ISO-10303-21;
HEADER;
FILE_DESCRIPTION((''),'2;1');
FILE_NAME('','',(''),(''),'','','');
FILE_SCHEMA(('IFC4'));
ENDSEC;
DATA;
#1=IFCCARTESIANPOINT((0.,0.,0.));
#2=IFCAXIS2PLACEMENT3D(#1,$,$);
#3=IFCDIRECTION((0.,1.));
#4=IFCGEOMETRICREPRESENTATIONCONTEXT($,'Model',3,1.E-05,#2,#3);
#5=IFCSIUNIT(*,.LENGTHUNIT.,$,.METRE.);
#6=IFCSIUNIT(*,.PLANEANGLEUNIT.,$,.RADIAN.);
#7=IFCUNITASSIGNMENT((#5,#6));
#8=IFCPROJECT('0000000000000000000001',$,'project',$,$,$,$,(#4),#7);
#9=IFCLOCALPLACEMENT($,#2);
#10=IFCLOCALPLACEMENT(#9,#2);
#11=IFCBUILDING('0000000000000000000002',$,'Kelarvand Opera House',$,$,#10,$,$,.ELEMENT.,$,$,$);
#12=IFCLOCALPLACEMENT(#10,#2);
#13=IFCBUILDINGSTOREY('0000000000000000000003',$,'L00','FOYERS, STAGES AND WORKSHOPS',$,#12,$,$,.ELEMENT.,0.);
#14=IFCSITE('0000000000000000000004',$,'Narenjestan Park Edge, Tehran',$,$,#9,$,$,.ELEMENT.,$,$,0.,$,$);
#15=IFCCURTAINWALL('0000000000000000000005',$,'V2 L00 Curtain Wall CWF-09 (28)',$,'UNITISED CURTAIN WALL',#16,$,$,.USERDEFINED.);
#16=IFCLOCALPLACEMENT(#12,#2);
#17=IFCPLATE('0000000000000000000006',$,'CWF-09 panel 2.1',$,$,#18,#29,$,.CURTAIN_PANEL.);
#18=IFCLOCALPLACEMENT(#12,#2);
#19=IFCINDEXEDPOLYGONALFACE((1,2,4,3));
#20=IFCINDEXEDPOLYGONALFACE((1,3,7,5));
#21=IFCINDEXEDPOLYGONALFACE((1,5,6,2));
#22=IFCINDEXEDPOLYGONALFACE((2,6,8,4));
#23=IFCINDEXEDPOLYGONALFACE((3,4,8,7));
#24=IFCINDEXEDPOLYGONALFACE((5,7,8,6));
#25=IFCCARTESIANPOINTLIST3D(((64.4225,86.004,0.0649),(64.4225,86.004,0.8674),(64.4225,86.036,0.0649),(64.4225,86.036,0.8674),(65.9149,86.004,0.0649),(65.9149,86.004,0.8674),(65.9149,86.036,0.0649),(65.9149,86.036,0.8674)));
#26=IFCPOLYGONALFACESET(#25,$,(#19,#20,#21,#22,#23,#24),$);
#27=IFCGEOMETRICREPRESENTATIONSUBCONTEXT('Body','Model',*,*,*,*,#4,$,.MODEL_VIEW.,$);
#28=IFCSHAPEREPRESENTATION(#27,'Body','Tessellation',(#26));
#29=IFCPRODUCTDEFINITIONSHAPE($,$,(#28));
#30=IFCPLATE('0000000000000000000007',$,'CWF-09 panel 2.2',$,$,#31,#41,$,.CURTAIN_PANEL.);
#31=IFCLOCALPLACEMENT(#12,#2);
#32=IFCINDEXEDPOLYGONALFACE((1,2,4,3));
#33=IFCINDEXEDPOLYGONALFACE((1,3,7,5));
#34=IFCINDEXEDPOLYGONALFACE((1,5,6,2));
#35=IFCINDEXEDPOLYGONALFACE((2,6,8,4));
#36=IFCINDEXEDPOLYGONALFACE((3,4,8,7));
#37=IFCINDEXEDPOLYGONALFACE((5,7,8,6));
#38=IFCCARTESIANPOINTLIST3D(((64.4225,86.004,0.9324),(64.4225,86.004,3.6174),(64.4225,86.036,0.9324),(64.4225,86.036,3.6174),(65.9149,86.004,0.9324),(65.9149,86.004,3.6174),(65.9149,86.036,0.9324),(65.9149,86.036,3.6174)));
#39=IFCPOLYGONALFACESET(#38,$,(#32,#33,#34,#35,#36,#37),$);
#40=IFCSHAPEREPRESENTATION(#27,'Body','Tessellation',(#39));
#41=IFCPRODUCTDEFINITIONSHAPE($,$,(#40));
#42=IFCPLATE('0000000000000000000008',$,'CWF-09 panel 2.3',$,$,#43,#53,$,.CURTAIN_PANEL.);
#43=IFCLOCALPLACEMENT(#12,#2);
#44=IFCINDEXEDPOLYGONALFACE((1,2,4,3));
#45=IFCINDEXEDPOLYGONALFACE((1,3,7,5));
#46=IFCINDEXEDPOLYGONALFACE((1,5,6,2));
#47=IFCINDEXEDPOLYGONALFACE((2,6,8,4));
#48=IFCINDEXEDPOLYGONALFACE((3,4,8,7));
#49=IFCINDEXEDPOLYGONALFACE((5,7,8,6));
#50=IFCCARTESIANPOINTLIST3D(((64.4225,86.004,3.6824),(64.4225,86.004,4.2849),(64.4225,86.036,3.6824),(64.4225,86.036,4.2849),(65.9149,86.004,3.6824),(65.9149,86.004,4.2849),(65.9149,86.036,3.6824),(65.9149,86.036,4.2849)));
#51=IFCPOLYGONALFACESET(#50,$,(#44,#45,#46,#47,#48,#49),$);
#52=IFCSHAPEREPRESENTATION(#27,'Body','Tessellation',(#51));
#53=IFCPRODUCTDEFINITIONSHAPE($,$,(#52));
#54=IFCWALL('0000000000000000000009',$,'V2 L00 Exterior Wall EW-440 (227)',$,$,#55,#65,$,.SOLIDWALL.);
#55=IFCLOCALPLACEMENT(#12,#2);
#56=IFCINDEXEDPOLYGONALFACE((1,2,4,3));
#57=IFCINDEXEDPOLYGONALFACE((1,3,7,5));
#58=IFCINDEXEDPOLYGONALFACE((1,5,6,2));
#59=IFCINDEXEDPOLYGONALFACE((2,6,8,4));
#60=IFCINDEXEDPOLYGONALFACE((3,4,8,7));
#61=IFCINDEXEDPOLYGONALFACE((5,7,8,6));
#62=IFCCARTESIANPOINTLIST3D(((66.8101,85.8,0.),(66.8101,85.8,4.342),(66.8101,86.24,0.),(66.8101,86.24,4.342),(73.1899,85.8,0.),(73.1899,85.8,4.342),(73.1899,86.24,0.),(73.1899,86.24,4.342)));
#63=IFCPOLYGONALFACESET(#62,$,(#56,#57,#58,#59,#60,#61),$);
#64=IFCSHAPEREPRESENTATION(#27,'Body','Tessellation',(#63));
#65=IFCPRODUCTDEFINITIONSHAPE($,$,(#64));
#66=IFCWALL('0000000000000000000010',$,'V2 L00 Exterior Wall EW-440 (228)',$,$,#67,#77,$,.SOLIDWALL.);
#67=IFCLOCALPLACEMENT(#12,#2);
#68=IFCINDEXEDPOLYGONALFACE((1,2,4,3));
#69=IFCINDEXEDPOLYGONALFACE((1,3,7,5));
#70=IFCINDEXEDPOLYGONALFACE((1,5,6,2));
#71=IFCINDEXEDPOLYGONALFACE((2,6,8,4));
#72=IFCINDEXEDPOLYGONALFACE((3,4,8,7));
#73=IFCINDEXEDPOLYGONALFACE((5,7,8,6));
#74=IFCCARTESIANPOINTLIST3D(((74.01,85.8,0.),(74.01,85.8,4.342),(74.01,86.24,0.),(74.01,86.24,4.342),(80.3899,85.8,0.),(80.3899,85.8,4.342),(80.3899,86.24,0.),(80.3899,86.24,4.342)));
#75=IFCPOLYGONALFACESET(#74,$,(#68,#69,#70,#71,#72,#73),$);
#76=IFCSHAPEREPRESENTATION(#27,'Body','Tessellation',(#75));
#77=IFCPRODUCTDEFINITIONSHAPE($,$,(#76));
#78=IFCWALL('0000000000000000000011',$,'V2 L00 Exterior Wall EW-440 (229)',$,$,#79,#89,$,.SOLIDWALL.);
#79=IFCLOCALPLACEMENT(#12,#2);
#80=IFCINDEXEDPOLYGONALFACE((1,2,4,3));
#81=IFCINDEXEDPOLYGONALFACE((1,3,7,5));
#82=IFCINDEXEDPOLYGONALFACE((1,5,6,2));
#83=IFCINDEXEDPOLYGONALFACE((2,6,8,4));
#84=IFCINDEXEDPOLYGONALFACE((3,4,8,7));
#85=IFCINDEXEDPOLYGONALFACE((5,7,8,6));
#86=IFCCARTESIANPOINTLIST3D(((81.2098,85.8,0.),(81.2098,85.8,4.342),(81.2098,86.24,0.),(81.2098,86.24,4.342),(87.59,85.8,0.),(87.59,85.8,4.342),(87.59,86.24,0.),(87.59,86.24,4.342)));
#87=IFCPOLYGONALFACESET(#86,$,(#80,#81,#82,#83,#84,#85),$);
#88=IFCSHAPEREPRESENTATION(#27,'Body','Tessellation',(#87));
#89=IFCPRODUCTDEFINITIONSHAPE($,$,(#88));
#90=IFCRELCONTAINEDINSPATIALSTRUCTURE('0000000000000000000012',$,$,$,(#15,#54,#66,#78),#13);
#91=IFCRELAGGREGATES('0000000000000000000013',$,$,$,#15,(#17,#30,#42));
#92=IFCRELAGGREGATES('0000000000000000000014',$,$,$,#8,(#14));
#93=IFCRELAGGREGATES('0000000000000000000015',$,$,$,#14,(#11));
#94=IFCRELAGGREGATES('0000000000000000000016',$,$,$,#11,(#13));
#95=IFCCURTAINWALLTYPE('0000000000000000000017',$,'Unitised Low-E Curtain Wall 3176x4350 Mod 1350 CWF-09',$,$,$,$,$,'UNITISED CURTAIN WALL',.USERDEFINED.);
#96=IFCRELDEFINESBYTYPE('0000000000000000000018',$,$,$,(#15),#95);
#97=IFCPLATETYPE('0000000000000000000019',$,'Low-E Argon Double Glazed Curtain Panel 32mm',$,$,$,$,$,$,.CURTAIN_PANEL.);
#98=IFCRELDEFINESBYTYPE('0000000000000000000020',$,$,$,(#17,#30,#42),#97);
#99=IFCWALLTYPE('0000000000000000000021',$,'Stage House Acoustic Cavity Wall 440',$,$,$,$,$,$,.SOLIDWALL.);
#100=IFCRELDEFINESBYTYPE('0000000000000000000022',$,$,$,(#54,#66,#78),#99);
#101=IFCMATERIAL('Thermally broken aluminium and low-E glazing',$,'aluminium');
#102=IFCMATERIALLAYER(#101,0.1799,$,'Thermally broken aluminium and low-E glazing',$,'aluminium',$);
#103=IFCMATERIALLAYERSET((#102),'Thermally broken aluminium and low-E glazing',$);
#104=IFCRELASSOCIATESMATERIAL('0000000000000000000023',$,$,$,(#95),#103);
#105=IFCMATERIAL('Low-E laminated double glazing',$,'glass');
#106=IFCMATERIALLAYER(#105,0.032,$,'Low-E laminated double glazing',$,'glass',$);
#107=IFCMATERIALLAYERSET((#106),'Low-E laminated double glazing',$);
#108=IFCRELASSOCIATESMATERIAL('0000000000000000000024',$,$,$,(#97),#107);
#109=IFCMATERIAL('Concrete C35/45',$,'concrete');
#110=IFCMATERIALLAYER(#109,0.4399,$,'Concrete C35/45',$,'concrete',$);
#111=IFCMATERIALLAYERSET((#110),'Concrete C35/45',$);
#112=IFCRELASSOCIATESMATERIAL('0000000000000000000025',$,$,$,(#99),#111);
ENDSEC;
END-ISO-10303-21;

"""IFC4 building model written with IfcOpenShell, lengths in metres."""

from ifc_helpers import new_model, si_unit, direction, frame, frame_2d, origin, origin_2d, place, context, subcontext, project, spatial, rectangle, extrude, material, layer, layer_set, type_object, element, aggregate, save


model = new_model("IFC4")

# Units and contexts
model_context = context("Model", 3, precision=1e-05, world=origin(), true_north=direction((0.0, 1.0)))
body_context = subcontext(model_context, "Body", "Model", "MODEL_VIEW")
ifc_project = project(units=[si_unit("LENGTHUNIT", "METRE"), si_unit("PLANEANGLEUNIT", "RADIAN")], contexts=[model_context])

# Site, building, storey
site_placement = place(None, origin())
site = spatial("IfcSite", under=ifc_project, at=site_placement, Name="Narenjestan Park Edge, Tehran", CompositionType="ELEMENT", RefElevation=0.0)
building_placement = place(site_placement, origin())
building = spatial("IfcBuilding", under=site, at=building_placement, Name="Kelarvand Opera House", CompositionType="ELEMENT")
storey_placement = place(building_placement, origin())
storey = spatial("IfcBuildingStorey", under=building, at=storey_placement, Name="L00", Description="FOYERS, STAGES AND WORKSHOPS", CompositionType="ELEMENT", Elevation=0.0)

# Curtain wall
ifc_material_1 = material(Name="Thermally broken aluminium and low-E glazing", Category="aluminium")
ifc_layer_1 = layer(ifc_material_1, 0.1799, Name="Thermally broken aluminium and low-E glazing", Category="aluminium")
ifc_layer_set_1 = layer_set([ifc_layer_1], Name="Thermally broken aluminium and low-E glazing")
curtain_wall_type = type_object("IfcCurtainWallType", Name="Unitised Low-E Curtain Wall 3176x4350 Mod 1350 CWF-09", ElementType="UNITISED CURTAIN WALL", PredefinedType="USERDEFINED", material=ifc_layer_set_1)
curtain_wall_placement = place(storey_placement, origin())
curtain_wall = element("IfcCurtainWall", 1, at=curtain_wall_placement, inside=storey, type_object=curtain_wall_type, Name="V2 L00 Curtain Wall CWF-09 (28)", ObjectType="UNITISED CURTAIN WALL", PredefinedType="USERDEFINED")

# Plates
ifc_material_2 = material(Name="Low-E laminated double glazing", Category="glass")
ifc_layer_2 = layer(ifc_material_2, 0.032, Name="Low-E laminated double glazing", Category="glass")
ifc_layer_set_2 = layer_set([ifc_layer_2], Name="Low-E laminated double glazing")
plate_type = type_object("IfcPlateType", Name="Low-E Argon Double Glazed Curtain Panel 32mm", PredefinedType="CURTAIN_PANEL", material=ifc_layer_set_2)
plate_1_placement = place(storey_placement, frame((65.1687, 86.02, 0.0649), z_axis=(0.0, 0.0, 1.0), x_axis=(1.0, 0.0, 0.0)))
plate_1 = element("IfcPlate", 2, at=plate_1_placement, type_object=plate_type, Name="CWF-09 panel 2.1", PredefinedType="CURTAIN_PANEL", context=body_context, shape_type="SweptSolid", body=[
    extrude(rectangle(XDim=1.4924, YDim=0.032, at=origin_2d()), origin(), (0.0, 0.0, 1.0), 0.8025),
])
plate_2_placement = place(storey_placement, frame((65.1687, 86.02, 0.9324), z_axis=(0.0, 0.0, 1.0), x_axis=(1.0, 0.0, 0.0)))
plate_2 = element("IfcPlate", 3, at=plate_2_placement, type_object=plate_type, Name="CWF-09 panel 2.2", PredefinedType="CURTAIN_PANEL", context=body_context, shape_type="SweptSolid", body=[
    extrude(rectangle(XDim=1.4924, YDim=0.032, at=origin_2d()), origin(), (0.0, 0.0, 1.0), 2.6851),
])
plate_3_placement = place(storey_placement, frame((65.1687, 86.02, 3.6824), z_axis=(0.0, 0.0, 1.0), x_axis=(1.0, 0.0, 0.0)))
plate_3 = element("IfcPlate", 4, at=plate_3_placement, type_object=plate_type, Name="CWF-09 panel 2.3", PredefinedType="CURTAIN_PANEL", context=body_context, shape_type="SweptSolid", body=[
    extrude(rectangle(XDim=1.4924, YDim=0.032, at=origin_2d()), origin(), (0.0, 0.0, 1.0), 0.6025),
])
aggregate(curtain_wall, [plate_1, plate_2, plate_3])

# Walls
ifc_material_3 = material(Name="Concrete C35/45", Category="concrete")
ifc_layer_3 = layer(ifc_material_3, 0.4399, Name="Concrete C35/45", Category="concrete")
ifc_layer_set_3 = layer_set([ifc_layer_3], Name="Concrete C35/45")
wall_type = type_object("IfcWallType", Name="Stage House Acoustic Cavity Wall 440", PredefinedType="SOLIDWALL", material=ifc_layer_set_3)
for number, where, z_axis, x_axis, name in (
    (5, (66.8101, 86.02, 0.0), (0.0, 0.0, 1.0), (1.0, 0.0, 0.0), "V2 L00 Exterior Wall EW-440 (227)"),
    (6, (74.01, 86.02, 0.0), (0.0, 0.0, 1.0), (1.0, 0.0, 0.0), "V2 L00 Exterior Wall EW-440 (228)"),
):
    element("IfcWall", number, at=place(storey_placement, frame(where, z_axis=z_axis, x_axis=x_axis)), inside=storey, type_object=wall_type, Name=name, PredefinedType="SOLIDWALL", context=body_context, shape_type="SweptSolid", body=[
        extrude(rectangle(XDim=6.3799, YDim=0.4399, at=frame_2d((3.1899, 0.0))), origin(), (0.0, 0.0, 1.0), 4.342),
    ])
wall_placement = place(storey_placement, frame((81.21, 86.02, 0.0), z_axis=(0.0, 0.0, 1.0), x_axis=(1.0, 0.0, 0.0)))
element("IfcWall", 7, at=wall_placement, inside=storey, type_object=wall_type, Name="V2 L00 Exterior Wall EW-440 (229)", PredefinedType="SOLIDWALL", context=body_context, shape_type="SweptSolid", body=[
    extrude(rectangle(XDim=6.3801, YDim=0.4399, at=frame_2d((3.1899, 0.0))), origin(), (0.0, 0.0, 1.0), 4.342),
])

save(model, "model.ifc")
